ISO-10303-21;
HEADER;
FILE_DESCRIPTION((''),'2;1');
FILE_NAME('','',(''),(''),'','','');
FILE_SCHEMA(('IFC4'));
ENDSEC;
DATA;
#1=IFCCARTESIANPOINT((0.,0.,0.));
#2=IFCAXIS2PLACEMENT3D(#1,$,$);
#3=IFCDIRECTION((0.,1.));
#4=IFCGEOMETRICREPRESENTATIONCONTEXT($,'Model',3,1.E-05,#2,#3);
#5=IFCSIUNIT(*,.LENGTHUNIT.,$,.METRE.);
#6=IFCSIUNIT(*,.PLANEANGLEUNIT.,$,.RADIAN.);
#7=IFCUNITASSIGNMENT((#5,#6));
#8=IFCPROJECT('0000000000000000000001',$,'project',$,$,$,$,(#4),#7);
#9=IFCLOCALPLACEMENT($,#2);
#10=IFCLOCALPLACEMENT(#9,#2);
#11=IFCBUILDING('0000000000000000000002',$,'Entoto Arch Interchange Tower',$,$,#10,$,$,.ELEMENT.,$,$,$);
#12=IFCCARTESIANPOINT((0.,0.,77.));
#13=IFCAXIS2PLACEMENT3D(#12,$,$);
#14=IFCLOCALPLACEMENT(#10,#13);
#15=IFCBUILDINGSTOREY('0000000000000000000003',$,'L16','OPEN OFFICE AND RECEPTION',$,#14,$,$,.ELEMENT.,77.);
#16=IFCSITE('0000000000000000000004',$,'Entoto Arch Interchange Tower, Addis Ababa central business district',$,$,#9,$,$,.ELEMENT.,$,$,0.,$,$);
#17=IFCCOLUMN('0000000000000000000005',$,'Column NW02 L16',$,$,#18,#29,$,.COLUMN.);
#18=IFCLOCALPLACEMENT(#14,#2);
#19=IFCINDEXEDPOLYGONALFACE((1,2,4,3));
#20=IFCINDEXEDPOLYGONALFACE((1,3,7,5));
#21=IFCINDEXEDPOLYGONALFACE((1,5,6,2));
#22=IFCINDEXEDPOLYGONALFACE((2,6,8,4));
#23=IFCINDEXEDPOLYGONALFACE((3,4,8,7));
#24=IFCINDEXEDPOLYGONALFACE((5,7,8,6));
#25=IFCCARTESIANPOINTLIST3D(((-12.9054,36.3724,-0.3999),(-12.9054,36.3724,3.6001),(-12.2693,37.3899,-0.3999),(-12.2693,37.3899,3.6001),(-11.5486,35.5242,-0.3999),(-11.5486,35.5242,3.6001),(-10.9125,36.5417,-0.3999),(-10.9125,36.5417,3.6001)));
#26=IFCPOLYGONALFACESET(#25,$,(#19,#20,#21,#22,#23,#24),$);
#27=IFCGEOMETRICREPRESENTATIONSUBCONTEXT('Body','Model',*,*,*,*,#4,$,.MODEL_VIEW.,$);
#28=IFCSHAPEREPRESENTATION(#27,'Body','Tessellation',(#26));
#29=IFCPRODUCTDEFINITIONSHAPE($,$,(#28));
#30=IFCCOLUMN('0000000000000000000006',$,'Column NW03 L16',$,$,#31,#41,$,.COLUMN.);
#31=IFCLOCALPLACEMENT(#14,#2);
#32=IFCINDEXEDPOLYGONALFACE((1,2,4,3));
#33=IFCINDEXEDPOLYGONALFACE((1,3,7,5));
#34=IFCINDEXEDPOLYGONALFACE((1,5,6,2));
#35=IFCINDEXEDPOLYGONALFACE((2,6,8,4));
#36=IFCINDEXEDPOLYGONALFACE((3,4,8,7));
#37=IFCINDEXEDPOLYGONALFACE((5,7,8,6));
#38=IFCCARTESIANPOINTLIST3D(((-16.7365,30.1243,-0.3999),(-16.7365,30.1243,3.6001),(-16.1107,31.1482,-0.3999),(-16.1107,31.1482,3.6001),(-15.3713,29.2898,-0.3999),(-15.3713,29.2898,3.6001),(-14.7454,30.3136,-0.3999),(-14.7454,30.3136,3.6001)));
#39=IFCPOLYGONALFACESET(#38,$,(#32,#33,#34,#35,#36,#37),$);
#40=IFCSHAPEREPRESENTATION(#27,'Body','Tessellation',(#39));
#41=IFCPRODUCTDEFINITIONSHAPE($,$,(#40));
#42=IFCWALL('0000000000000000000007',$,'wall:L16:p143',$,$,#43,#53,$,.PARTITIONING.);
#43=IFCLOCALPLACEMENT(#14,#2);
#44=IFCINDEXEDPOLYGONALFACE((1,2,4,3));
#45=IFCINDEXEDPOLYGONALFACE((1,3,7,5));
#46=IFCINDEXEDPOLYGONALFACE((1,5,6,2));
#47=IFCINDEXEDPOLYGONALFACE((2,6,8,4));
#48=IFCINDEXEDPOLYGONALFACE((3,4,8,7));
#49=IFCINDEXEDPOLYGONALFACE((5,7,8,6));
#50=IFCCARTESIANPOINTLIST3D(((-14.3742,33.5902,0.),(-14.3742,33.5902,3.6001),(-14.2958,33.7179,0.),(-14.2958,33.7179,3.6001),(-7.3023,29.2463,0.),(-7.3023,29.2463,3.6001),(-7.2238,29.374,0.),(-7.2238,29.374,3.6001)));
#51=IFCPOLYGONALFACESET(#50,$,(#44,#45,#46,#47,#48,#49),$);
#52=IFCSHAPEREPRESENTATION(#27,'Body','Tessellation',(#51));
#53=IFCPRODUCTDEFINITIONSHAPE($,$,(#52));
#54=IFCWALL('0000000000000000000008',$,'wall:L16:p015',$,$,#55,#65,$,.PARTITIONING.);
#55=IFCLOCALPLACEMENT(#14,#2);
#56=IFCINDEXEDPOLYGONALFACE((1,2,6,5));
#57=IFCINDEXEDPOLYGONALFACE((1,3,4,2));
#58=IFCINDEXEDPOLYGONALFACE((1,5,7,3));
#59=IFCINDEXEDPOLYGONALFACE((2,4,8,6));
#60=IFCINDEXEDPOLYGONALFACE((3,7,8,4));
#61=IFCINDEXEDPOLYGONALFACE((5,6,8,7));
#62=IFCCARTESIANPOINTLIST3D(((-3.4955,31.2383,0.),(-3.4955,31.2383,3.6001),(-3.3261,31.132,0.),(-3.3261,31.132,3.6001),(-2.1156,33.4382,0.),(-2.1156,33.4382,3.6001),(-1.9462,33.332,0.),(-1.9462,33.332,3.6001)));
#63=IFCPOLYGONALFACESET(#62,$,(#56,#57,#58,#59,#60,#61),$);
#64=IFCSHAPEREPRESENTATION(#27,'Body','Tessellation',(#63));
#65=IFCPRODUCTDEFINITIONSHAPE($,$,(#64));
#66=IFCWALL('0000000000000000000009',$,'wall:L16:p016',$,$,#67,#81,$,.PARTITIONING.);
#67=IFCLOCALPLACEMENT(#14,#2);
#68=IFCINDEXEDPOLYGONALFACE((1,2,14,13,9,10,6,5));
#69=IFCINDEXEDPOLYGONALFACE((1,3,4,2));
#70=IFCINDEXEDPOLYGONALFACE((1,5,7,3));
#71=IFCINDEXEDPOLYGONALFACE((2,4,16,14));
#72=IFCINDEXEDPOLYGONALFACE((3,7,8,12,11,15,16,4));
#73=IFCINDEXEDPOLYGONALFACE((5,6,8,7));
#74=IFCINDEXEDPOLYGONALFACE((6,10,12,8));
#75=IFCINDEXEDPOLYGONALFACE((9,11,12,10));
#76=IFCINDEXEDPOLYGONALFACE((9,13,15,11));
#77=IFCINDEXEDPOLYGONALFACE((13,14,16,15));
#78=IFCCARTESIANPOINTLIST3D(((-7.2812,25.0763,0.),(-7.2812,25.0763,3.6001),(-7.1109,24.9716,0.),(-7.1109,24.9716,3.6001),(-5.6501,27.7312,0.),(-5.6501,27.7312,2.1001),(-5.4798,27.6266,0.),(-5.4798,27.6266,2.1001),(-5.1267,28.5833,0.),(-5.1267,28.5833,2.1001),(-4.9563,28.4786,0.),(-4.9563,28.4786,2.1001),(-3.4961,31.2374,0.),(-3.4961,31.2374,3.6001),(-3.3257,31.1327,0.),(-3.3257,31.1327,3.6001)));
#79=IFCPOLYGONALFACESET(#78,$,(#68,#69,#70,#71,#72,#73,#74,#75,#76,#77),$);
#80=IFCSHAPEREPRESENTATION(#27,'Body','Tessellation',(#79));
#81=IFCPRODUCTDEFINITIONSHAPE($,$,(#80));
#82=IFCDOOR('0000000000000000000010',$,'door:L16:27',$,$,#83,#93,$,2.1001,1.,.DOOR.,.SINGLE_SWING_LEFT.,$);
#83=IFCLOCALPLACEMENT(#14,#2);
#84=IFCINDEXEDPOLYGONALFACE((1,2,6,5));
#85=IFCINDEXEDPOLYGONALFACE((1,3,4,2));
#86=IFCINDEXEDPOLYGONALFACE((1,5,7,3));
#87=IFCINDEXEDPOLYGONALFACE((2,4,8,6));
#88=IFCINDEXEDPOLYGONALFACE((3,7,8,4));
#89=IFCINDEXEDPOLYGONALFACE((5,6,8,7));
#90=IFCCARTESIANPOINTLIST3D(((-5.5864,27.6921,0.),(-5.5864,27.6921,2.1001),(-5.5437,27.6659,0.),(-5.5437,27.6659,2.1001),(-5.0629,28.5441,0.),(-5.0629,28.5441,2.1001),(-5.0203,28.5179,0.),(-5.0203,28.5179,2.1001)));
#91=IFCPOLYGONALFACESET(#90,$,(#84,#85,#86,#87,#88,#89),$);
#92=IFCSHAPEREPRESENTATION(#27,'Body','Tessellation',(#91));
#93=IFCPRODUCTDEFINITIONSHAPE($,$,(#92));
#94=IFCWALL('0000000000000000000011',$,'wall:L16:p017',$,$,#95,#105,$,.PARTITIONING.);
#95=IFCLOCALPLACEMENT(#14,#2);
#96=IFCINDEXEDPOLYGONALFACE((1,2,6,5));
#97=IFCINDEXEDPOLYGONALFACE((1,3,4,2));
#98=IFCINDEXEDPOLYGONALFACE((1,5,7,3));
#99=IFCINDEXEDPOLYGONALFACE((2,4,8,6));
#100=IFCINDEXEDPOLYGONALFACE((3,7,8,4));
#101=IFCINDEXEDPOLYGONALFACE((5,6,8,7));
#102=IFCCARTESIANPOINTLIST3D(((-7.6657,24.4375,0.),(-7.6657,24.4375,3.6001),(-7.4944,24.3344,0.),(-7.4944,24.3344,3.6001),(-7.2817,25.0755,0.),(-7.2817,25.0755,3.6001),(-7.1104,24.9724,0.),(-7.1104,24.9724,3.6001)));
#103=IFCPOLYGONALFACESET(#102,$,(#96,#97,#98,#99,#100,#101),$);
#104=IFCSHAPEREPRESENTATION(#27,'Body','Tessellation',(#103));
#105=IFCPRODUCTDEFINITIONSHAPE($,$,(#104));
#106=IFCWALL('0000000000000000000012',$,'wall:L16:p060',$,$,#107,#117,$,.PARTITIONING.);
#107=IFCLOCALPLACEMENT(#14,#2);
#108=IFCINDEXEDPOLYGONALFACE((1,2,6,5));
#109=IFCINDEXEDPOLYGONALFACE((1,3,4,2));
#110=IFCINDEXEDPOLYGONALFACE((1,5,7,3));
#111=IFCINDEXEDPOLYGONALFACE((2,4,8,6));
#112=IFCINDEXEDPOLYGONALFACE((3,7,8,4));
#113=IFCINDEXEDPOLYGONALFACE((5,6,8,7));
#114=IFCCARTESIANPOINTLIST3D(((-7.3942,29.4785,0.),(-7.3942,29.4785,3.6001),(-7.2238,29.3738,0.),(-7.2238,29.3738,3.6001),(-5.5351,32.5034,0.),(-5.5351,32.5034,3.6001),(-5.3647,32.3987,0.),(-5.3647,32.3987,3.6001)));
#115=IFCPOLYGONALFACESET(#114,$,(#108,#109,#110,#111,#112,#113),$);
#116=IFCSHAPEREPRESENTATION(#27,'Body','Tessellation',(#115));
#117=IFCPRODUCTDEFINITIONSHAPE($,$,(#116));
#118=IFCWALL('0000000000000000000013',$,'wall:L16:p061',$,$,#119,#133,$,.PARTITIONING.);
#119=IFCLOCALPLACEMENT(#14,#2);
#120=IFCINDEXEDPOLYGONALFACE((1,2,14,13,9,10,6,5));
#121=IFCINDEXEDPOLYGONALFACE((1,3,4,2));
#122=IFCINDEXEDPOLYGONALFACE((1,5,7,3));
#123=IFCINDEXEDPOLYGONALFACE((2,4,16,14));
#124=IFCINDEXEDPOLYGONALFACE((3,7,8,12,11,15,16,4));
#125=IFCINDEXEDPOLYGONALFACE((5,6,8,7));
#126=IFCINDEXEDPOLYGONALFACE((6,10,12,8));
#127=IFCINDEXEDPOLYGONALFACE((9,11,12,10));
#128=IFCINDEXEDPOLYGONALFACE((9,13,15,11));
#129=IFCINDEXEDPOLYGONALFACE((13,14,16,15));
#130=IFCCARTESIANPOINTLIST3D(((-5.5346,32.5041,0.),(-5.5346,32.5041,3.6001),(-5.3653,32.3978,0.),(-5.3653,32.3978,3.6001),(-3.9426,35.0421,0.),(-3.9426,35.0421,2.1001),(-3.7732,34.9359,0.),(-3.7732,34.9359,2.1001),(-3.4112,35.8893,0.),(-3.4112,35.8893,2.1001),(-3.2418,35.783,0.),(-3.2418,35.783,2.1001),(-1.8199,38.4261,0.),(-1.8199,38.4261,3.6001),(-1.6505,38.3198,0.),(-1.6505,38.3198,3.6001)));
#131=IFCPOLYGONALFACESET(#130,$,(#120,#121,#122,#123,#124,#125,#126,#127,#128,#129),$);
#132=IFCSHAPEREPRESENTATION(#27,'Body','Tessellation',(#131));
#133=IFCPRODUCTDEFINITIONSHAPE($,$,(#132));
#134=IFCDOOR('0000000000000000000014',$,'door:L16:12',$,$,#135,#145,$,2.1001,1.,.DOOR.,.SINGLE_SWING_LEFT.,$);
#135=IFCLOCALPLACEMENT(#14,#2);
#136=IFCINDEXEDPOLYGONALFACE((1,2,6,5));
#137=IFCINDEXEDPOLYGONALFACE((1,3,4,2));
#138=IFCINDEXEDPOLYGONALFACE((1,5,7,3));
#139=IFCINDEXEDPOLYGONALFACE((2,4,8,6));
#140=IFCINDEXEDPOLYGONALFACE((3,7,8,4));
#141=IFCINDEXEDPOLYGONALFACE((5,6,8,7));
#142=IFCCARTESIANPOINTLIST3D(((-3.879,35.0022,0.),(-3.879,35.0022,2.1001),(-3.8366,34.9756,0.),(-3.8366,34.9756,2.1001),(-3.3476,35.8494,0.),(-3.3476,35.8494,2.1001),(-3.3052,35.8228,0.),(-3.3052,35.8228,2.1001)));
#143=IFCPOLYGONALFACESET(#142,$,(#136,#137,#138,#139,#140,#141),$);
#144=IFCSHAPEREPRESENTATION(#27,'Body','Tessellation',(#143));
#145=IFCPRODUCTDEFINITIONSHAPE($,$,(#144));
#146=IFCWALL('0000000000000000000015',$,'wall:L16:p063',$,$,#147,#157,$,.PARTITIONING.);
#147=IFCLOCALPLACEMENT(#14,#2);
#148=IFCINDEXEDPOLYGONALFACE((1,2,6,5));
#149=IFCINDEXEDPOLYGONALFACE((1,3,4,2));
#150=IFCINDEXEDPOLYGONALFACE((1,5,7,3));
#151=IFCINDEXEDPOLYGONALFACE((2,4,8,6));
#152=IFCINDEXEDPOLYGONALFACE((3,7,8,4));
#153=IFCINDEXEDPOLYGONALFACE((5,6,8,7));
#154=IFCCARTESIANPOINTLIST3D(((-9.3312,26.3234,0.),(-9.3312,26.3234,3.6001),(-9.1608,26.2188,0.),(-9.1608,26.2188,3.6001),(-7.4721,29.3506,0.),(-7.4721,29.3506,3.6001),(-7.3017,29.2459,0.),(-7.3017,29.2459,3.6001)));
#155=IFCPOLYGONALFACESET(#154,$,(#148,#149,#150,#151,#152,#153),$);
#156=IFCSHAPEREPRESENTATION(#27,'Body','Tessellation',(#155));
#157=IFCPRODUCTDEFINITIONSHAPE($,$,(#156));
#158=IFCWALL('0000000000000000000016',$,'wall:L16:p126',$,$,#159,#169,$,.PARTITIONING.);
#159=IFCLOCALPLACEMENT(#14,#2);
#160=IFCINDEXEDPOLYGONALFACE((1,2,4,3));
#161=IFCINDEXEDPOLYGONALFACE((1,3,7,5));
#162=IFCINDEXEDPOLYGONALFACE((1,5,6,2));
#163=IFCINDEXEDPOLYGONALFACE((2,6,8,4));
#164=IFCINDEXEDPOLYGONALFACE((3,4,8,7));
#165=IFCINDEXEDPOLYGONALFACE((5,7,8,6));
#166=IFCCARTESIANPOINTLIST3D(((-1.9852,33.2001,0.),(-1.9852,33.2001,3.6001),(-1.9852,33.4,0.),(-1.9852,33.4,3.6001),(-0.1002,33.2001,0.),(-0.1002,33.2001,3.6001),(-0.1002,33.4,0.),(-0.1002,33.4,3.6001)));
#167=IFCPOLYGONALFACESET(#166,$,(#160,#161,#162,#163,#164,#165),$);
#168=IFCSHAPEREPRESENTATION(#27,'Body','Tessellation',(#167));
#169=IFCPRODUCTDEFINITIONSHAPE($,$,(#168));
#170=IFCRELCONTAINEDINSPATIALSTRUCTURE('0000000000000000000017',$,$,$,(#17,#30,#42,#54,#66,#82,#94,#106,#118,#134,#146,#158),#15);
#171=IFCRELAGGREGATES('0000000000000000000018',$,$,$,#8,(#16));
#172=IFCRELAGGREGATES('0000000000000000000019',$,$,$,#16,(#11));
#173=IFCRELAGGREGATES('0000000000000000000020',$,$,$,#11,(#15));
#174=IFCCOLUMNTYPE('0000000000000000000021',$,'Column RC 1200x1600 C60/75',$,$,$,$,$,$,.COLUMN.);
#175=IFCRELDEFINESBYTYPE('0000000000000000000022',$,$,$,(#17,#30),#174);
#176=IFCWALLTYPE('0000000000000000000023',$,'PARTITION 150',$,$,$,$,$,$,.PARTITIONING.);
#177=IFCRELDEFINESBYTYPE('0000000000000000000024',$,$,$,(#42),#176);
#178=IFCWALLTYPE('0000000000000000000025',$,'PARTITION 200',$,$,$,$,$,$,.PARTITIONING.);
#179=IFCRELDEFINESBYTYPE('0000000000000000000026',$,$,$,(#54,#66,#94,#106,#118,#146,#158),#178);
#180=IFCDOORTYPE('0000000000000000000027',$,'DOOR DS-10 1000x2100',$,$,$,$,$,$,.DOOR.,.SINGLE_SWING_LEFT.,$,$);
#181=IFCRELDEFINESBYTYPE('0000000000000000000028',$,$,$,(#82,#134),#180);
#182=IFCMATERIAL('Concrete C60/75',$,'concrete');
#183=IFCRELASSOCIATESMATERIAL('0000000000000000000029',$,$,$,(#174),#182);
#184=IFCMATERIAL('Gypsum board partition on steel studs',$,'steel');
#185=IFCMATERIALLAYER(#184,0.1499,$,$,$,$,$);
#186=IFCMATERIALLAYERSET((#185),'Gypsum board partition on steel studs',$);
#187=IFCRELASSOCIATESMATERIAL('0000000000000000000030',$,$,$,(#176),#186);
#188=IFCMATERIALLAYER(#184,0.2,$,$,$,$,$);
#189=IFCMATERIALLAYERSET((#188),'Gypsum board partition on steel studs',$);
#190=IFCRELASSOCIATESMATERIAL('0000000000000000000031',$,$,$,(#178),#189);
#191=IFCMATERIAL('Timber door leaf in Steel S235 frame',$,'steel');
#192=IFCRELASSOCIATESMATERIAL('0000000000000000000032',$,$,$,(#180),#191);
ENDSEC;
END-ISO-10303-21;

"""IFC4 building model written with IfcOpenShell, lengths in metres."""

from ifc_helpers import new_model, si_unit, direction, frame, frame_2d, origin, origin_2d, place, context, subcontext, project, spatial, rectangle, extrude, material, layer, layer_set, material_profile, profile_set, type_object, element, fill, save


model = new_model("IFC4")

# Units and contexts
model_context = context("Model", 3, precision=1e-05, world=origin(), true_north=direction((0.0, 1.0)))
body_context = subcontext(model_context, "Body", "Model", "MODEL_VIEW")
ifc_project = project(units=[si_unit("LENGTHUNIT", "METRE"), si_unit("PLANEANGLEUNIT", "RADIAN")], contexts=[model_context])

# Site, building, storey
site_placement = place(None, origin())
site = spatial("IfcSite", under=ifc_project, at=site_placement, Name="Entoto Arch Interchange Tower, Addis Ababa central business district", CompositionType="ELEMENT", RefElevation=0.0)
building_placement = place(site_placement, origin())
building = spatial("IfcBuilding", under=site, at=building_placement, Name="Entoto Arch Interchange Tower", CompositionType="ELEMENT")
storey_placement = place(building_placement, frame((0.0, 0.0, 77.0)))
storey = spatial("IfcBuildingStorey", under=building, at=storey_placement, Name="L16", Description="OPEN OFFICE AND RECEPTION", CompositionType="ELEMENT", Elevation=77.0)

# Columns
ifc_material_1 = material(Name="Concrete C60/75", Category="concrete")
ifc_material_profile = material_profile(ifc_material_1, rectangle(XDim=1.2, YDim=1.6001, at=origin_2d()))
ifc_profile_set = profile_set([ifc_material_profile], Name="Concrete C60/75")
column_type = type_object("IfcColumnType", Name="Column RC 1200x1600 C60/75", PredefinedType="COLUMN", material=ifc_profile_set)
for number, where, z_axis, x_axis, name in (
    (1, (-11.9089, 36.457, -0.3999), (0.0, 0.0, 1.0), (0.530067, 0.847956, 0.0), "Column NW02 L16"),
    (2, (-15.741, 30.219, -0.3999), (0.0, 0.0, 1.0), (0.521546, 0.853223, 0.0), "Column NW03 L16"),
):
    element("IfcColumn", number, at=place(storey_placement, frame(where, z_axis=z_axis, x_axis=x_axis)), inside=storey, type_object=column_type, Name=name, PredefinedType="COLUMN", context=body_context, shape_type="SweptSolid", body=[
        extrude(rectangle(XDim=1.2, YDim=1.6001, at=origin_2d()), origin(), (0.0, 0.0, 1.0), 4.0),
    ])

# Walls
ifc_material_2 = material(Name="Gypsum board partition on steel studs", Category="steel")
ifc_layer_1 = layer(ifc_material_2, 0.1499)
ifc_layer_set_1 = layer_set([ifc_layer_1], Name="Gypsum board partition on steel studs")
wall_type_1 = type_object("IfcWallType", Name="PARTITION 150", PredefinedType="PARTITIONING", material=ifc_layer_set_1)
wall_1_placement = place(storey_placement, frame((-7.2629, 29.3101, 0.0), z_axis=(0.0, 0.0, 1.0), x_axis=(-0.852089, 0.523396, 0.0)))
element("IfcWall", 3, at=wall_1_placement, inside=storey, type_object=wall_type_1, Name="wall:L16:p143", PredefinedType="PARTITIONING", context=body_context, shape_type="SweptSolid", body=[
    extrude(rectangle(XDim=8.2996, YDim=0.1499, at=frame_2d((4.1499, 0.0))), origin(), (0.0, 0.0, 1.0), 3.6001),
])
ifc_layer_2 = layer(ifc_material_2, 0.2)
ifc_layer_set_2 = layer_set([ifc_layer_2], Name="Gypsum board partition on steel studs")
wall_type_2 = type_object("IfcWallType", Name="PARTITION 200", PredefinedType="PARTITIONING", material=ifc_layer_set_2)
wall_2_placement = place(storey_placement, frame((-2.031, 33.385, 0.0), z_axis=(0.0, 0.0, 1.0), x_axis=(-0.531359, -0.847147, 0.0)))
element("IfcWall", 4, at=wall_2_placement, inside=storey, type_object=wall_type_2, Name="wall:L16:p015", PredefinedType="PARTITIONING", context=body_context, shape_type="SweptSolid", body=[
    extrude(rectangle(XDim=2.5969, YDim=0.2, at=frame_2d((1.2983, 0.0))), origin(), (0.0, 0.0, 1.0), 3.6001),
])

# Wall, opening, door
wall_3_placement = place(storey_placement, frame((-3.4109, 31.1851, 0.0), z_axis=(0.0, 0.0, 1.0), x_axis=(-0.523464, -0.852048, 0.0)))
wall_3 = element("IfcWall", 5, at=wall_3_placement, inside=storey, type_object=wall_type_2, Name="wall:L16:p016", PredefinedType="PARTITIONING", context=body_context, shape_type="SweptSolid", body=[
    extrude(rectangle(XDim=7.231, YDim=0.2, at=frame_2d((3.6155, 0.0))), origin(), (0.0, 0.0, 1.0), 3.6001),
])
opening_1_placement = place(wall_3_placement, frame((3.115, 0.0, 0.0)))
opening_1 = element("IfcOpeningElement", 6, at=opening_1_placement, cuts=wall_3, PredefinedType="OPENING", context=body_context, shape_type="SweptSolid", body=[
    extrude(rectangle(XDim=1.0, YDim=2.1001, at=frame_2d((0.5, 1.05))), frame((0.0, 0.1099, 0.0), z_axis=(0.0, -1.0, 0.0), x_axis=(1.0, 0.0, 0.0)), (0.0, 0.0, 1.0), 0.22),
])
ifc_material_3 = material(Name="Timber door leaf in Steel S235 frame", Category="steel")
door_type = type_object("IfcDoorType", Name="DOOR DS-10 1000x2100", OperationType="SINGLE_SWING_LEFT", PredefinedType="DOOR", material=ifc_material_3)
door_1_placement = place(opening_1_placement, origin())
door_1 = element("IfcDoor", 7, at=door_1_placement, inside=storey, type_object=door_type, Name="door:L16:27", OperationType="SINGLE_SWING_LEFT", OverallHeight=2.1001, OverallWidth=1.0, PredefinedType="DOOR", context=body_context, shape_type="SweptSolid", body=[
    extrude(rectangle(XDim=1.0, YDim=2.1001, at=frame_2d((0.5, 1.05))), frame((0.0, 0.0249, 0.0), z_axis=(0.0, -1.0, 0.0), x_axis=(1.0, 0.0, 0.0)), (0.0, 0.0, 1.0), 0.05),
])
fill(opening_1, door_1)

# Walls
wall_4_placement = place(storey_placement, frame((-7.196, 25.0239, 0.0), z_axis=(0.0, 0.0, 1.0), x_axis=(-0.515749, -0.85674, 0.0)))
element("IfcWall", 8, at=wall_4_placement, inside=storey, type_object=wall_type_2, Name="wall:L16:p017", PredefinedType="PARTITIONING", context=body_context, shape_type="SweptSolid", body=[
    extrude(rectangle(XDim=0.7446, YDim=0.2, at=frame_2d((0.3723, 0.0))), origin(), (0.0, 0.0, 1.0), 3.6001),
])
wall_5_placement = place(storey_placement, frame((-7.3091, 29.426, 0.0), z_axis=(0.0, 0.0, 1.0), x_axis=(0.523618, 0.851953, 0.0)))
element("IfcWall", 9, at=wall_5_placement, inside=storey, type_object=wall_type_2, Name="wall:L16:p060", PredefinedType="PARTITIONING", context=body_context, shape_type="SweptSolid", body=[
    extrude(rectangle(XDim=3.5505, YDim=0.2, at=frame_2d((1.7754, 0.0))), origin(), (0.0, 0.0, 1.0), 3.6001),
])

# Wall, opening, door
wall_6_placement = place(storey_placement, frame((-5.45, 32.4509, 0.0), z_axis=(0.0, 0.0, 1.0), x_axis=(0.531389, 0.847128, 0.0)))
wall_6 = element("IfcWall", 10, at=wall_6_placement, inside=storey, type_object=wall_type_2, Name="wall:L16:p061", PredefinedType="PARTITIONING", context=body_context, shape_type="SweptSolid", body=[
    extrude(rectangle(XDim=6.9907, YDim=0.2, at=frame_2d((3.4954, 0.0))), origin(), (0.0, 0.0, 1.0), 3.6001),
])
opening_2_placement = place(wall_6_placement, frame((2.9961, 0.0, 0.0)))
opening_2 = element("IfcOpeningElement", 11, at=opening_2_placement, cuts=wall_6, PredefinedType="OPENING", context=body_context, shape_type="SweptSolid", body=[
    extrude(rectangle(XDim=1.0, YDim=2.1001, at=frame_2d((0.5, 1.05))), frame((0.0, 0.1099, 0.0), z_axis=(0.0, -1.0, 0.0), x_axis=(1.0, 0.0, 0.0)), (0.0, 0.0, 1.0), 0.22),
])
door_2_placement = place(opening_2_placement, origin())
door_2 = element("IfcDoor", 12, at=door_2_placement, inside=storey, type_object=door_type, Name="door:L16:12", OperationType="SINGLE_SWING_LEFT", OverallHeight=2.1001, OverallWidth=1.0, PredefinedType="DOOR", context=body_context, shape_type="SweptSolid", body=[
    extrude(rectangle(XDim=1.0, YDim=2.1001, at=frame_2d((0.5, 1.05))), frame((0.0, 0.0249, 0.0), z_axis=(0.0, -1.0, 0.0), x_axis=(1.0, 0.0, 0.0)), (0.0, 0.0, 1.0), 0.05),
])
fill(opening_2, door_2)

# Walls
wall_7_placement = place(storey_placement, frame((-9.2461, 26.271, 0.0), z_axis=(0.0, 0.0, 1.0), x_axis=(0.523342, 0.852123, 0.0)))
element("IfcWall", 13, at=wall_7_placement, inside=storey, type_object=wall_type_2, Name="wall:L16:p063", PredefinedType="PARTITIONING", context=body_context, shape_type="SweptSolid", body=[
    extrude(rectangle(XDim=3.5525, YDim=0.2, at=frame_2d((1.7764, 0.0))), origin(), (0.0, 0.0, 1.0), 3.6001),
])
wall_8_placement = place(storey_placement, frame((-1.9851, 33.3, 0.0), z_axis=(0.0, 0.0, 1.0), x_axis=(1.0, 0.0, 0.0)))
element("IfcWall", 14, at=wall_8_placement, inside=storey, type_object=wall_type_2, Name="wall:L16:p126", PredefinedType="PARTITIONING", context=body_context, shape_type="SweptSolid", body=[
    extrude(rectangle(XDim=1.885, YDim=0.2, at=frame_2d((0.9424, 0.0))), origin(), (0.0, 0.0, 1.0), 3.6001),
])

save(model, "model.ifc")
